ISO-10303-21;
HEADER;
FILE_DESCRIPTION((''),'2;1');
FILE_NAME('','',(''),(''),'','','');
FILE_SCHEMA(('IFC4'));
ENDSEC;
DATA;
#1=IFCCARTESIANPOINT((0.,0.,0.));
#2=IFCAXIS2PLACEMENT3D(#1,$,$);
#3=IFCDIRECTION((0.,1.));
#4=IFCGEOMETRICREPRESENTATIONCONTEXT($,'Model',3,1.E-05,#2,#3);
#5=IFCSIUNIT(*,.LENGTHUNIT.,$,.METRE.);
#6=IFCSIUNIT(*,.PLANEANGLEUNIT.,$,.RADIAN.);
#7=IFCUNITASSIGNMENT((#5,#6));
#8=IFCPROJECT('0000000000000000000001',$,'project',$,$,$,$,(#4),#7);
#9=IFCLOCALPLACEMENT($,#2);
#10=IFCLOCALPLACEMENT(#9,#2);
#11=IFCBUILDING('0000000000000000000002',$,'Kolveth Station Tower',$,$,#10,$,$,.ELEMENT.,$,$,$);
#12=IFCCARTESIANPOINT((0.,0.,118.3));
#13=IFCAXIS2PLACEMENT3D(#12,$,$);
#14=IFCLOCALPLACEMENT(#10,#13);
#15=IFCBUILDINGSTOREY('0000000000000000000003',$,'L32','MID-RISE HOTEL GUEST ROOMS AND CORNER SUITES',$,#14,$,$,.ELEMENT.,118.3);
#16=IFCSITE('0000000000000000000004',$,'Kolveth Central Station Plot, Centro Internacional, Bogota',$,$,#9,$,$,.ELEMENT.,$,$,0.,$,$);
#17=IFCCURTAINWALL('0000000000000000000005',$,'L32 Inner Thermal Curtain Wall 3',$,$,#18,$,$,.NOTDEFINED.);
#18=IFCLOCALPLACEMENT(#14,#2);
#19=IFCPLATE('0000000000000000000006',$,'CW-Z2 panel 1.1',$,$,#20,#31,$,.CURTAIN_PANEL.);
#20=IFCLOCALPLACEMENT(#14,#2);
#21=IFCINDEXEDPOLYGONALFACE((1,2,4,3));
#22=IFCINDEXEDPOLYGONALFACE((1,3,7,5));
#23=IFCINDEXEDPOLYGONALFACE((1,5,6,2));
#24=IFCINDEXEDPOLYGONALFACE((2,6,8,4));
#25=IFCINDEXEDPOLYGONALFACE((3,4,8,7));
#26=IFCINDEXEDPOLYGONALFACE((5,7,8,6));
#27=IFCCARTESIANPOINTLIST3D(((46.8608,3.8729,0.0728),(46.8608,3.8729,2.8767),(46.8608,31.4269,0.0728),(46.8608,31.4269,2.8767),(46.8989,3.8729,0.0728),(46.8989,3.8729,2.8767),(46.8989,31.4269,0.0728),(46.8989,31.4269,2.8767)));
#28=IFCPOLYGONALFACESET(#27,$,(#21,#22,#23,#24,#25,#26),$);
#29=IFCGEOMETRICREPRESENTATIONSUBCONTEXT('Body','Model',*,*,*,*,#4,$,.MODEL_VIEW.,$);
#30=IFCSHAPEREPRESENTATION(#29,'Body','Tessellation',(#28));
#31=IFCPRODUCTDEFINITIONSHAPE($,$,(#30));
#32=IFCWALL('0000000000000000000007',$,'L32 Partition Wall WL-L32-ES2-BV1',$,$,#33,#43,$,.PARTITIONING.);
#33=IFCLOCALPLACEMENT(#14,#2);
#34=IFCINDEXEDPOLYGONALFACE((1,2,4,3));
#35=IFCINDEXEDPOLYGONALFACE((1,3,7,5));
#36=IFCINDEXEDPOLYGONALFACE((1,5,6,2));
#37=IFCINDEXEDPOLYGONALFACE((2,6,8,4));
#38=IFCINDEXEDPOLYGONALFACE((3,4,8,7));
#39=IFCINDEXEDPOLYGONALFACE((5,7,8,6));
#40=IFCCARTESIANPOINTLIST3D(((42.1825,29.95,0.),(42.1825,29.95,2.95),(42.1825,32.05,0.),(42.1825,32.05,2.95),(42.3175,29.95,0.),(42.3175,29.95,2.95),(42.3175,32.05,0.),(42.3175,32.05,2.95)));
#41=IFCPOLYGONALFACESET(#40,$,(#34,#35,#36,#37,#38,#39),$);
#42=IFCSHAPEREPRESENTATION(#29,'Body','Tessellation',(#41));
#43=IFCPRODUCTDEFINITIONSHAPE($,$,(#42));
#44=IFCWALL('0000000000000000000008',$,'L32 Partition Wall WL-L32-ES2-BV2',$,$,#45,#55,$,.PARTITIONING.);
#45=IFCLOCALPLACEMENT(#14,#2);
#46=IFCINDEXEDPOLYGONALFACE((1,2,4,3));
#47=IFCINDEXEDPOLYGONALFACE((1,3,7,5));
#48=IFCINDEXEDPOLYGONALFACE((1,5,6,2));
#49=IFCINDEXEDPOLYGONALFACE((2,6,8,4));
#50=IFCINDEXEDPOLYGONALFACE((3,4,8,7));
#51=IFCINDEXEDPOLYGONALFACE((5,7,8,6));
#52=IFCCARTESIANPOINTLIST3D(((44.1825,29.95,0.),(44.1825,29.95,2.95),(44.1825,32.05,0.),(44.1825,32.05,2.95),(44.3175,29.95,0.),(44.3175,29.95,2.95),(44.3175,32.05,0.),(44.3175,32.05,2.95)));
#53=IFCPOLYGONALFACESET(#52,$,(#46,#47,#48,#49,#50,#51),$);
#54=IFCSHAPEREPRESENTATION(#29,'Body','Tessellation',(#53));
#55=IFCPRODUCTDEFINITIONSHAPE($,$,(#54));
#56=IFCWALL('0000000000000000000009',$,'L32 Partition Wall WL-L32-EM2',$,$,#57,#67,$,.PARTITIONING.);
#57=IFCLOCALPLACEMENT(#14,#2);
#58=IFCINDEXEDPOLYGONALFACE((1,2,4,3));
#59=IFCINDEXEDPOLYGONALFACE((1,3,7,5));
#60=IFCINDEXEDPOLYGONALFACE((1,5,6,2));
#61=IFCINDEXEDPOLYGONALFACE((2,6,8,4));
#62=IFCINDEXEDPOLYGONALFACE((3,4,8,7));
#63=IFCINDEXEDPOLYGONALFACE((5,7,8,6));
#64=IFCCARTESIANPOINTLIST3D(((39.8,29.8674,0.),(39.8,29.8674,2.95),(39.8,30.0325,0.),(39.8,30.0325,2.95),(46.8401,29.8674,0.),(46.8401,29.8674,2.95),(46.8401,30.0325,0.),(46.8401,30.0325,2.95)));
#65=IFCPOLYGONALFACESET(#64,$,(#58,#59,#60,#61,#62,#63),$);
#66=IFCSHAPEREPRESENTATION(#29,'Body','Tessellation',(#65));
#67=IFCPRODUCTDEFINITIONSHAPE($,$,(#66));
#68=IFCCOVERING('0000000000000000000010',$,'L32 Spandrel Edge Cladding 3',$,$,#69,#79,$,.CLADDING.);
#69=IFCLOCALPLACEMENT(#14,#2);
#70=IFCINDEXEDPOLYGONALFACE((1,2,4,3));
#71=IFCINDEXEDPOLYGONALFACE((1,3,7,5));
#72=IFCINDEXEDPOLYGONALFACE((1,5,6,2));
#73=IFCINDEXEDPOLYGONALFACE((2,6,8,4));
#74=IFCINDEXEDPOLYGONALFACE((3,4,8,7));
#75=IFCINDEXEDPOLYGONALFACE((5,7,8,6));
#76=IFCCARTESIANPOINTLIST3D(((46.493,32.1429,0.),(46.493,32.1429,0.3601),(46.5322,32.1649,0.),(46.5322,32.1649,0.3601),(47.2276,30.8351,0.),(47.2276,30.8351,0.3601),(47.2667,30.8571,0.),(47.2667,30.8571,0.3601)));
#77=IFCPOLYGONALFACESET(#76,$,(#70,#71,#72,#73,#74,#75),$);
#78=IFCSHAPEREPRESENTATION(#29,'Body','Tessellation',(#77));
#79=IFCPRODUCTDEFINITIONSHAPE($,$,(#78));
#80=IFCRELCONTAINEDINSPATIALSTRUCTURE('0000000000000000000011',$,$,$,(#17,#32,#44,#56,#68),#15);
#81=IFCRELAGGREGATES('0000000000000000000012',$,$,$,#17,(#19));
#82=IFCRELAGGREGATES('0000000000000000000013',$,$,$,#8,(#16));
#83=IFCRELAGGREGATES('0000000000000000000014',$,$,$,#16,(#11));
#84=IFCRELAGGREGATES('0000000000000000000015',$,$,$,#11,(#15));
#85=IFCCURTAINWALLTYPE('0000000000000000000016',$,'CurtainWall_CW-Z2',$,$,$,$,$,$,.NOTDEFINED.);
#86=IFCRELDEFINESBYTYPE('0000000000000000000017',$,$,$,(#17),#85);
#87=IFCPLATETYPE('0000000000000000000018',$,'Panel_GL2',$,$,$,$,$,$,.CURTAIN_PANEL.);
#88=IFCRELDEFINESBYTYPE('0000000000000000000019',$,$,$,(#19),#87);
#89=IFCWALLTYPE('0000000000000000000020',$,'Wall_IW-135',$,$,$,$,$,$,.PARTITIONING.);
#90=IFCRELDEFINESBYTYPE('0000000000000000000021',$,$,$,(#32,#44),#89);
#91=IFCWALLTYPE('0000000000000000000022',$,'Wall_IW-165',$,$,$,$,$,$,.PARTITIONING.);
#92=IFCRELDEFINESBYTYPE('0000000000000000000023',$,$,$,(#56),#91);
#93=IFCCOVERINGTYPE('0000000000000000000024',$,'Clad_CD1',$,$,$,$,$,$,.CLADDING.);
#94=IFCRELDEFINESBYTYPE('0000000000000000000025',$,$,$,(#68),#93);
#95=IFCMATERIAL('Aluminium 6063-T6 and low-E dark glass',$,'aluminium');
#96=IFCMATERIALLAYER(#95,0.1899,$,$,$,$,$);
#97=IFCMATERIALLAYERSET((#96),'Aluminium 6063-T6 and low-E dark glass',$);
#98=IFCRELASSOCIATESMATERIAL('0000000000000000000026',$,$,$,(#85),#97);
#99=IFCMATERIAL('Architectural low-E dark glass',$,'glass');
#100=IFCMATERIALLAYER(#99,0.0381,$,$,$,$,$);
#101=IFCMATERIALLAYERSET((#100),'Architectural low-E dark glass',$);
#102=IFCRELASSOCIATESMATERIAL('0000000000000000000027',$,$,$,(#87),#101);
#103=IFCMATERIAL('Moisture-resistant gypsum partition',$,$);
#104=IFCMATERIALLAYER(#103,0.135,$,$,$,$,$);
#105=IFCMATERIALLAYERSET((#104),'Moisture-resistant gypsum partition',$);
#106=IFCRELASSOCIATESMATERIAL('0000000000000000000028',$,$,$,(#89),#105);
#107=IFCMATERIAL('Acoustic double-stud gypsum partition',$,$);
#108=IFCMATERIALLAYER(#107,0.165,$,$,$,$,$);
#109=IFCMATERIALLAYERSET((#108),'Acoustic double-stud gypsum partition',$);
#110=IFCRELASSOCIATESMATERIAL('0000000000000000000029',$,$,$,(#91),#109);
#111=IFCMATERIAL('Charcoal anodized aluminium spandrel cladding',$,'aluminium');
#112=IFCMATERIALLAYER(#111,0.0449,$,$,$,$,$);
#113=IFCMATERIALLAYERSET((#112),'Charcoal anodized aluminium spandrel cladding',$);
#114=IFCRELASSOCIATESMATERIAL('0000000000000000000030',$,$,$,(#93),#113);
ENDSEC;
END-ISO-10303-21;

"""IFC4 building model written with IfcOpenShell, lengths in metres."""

from ifc_helpers import new_model, si_unit, direction, frame, frame_2d, origin, origin_2d, place, context, subcontext, project, spatial, rectangle, extrude, source, transform, mapped, material, layer, layer_set, type_object, element, aggregate, save


model = new_model("IFC4")

# Units and contexts
model_context = context("Model", 3, precision=1e-05, world=origin(), true_north=direction((0.0, 1.0)))
body_context = subcontext(model_context, "Body", "Model", "MODEL_VIEW")
ifc_project = project(units=[si_unit("LENGTHUNIT", "METRE"), si_unit("PLANEANGLEUNIT", "RADIAN")], contexts=[model_context])

# Site, building, storey
site_placement = place(None, origin())
site = spatial("IfcSite", under=ifc_project, at=site_placement, Name="Kolveth Central Station Plot, Centro Internacional, Bogota", CompositionType="ELEMENT", RefElevation=0.0)
building_placement = place(site_placement, origin())
building = spatial("IfcBuilding", under=site, at=building_placement, Name="Kolveth Station Tower", CompositionType="ELEMENT")
storey_placement = place(building_placement, frame((0.0, 0.0, 118.3)))
storey = spatial("IfcBuildingStorey", under=building, at=storey_placement, Name="L32", Description="MID-RISE HOTEL GUEST ROOMS AND CORNER SUITES", CompositionType="ELEMENT", Elevation=118.3)

# Curtain wall
ifc_material_1 = material(Name="Aluminium 6063-T6 and low-E dark glass", Category="aluminium")
ifc_layer_1 = layer(ifc_material_1, 0.1899)
ifc_layer_set_1 = layer_set([ifc_layer_1], Name="Aluminium 6063-T6 and low-E dark glass")
curtain_wall_type = type_object("IfcCurtainWallType", Name="CurtainWall_CW-Z2", PredefinedType="NOTDEFINED", material=ifc_layer_set_1)
curtain_wall_1_placement = place(storey_placement, origin())
curtain_wall_1 = element("IfcCurtainWall", 1, at=curtain_wall_1_placement, inside=storey, type_object=curtain_wall_type, Name="L32 Inner Thermal Curtain Wall 3", PredefinedType="NOTDEFINED")

# Plate
ifc_material_2 = material(Name="Architectural low-E dark glass", Category="glass")
ifc_layer_2 = layer(ifc_material_2, 0.0381)
ifc_layer_set_2 = layer_set([ifc_layer_2], Name="Architectural low-E dark glass")
plate_type = type_object("IfcPlateType", Name="Panel_GL2", PredefinedType="CURTAIN_PANEL", material=ifc_layer_set_2)
shared_shape_1 = source(origin(), body_context, "Body", "SweptSolid", [
    extrude(rectangle(XDim=27.554, YDim=0.0381, at=origin_2d()), origin(), (0.0, 0.0, 1.0), 2.804),
])
plate_placement = place(storey_placement, frame((46.8799, 17.6499, 0.0728), z_axis=(0.0, 0.0, 1.0), x_axis=(0.0, 1.0, 0.0)))
plate = element("IfcPlate", 2, at=plate_placement, type_object=plate_type, Name="CW-Z2 panel 1.1", PredefinedType="CURTAIN_PANEL", context=body_context, shape_type="MappedRepresentation", body=[
    mapped(shared_shape_1, transform((0.0, 0.0, 0.0), x_axis=(1.0, 0.0, 0.0), y_axis=(0.0, 1.0, 0.0), z_axis=(0.0, 0.0, 1.0), scale=1.0)),
])
aggregate(curtain_wall_1, [plate])

# Walls
ifc_material_3 = material(Name="Moisture-resistant gypsum partition")
ifc_layer_3 = layer(ifc_material_3, 0.135)
ifc_layer_set_3 = layer_set([ifc_layer_3], Name="Moisture-resistant gypsum partition")
wall_type_1 = type_object("IfcWallType", Name="Wall_IW-135", PredefinedType="PARTITIONING", material=ifc_layer_set_3)
for number, where, z_axis, x_axis, name in (
    (3, (42.25, 29.95, 0.0), (0.0, 0.0, 1.0), (0.0, 1.0, 0.0), "L32 Partition Wall WL-L32-ES2-BV1"),
    (4, (44.25, 29.95, 0.0), (0.0, 0.0, 1.0), (0.0, 1.0, 0.0), "L32 Partition Wall WL-L32-ES2-BV2"),
):
    element("IfcWall", number, at=place(storey_placement, frame(where, z_axis=z_axis, x_axis=x_axis)), inside=storey, type_object=wall_type_1, Name=name, PredefinedType="PARTITIONING", context=body_context, shape_type="SweptSolid", body=[
        extrude(rectangle(XDim=2.1001, YDim=0.135, at=frame_2d((1.05, 0.0))), origin(), (0.0, 0.0, 1.0), 2.95),
    ])

# Shared definitions
ifc_material_4 = material(Name="Acoustic double-stud gypsum partition")
ifc_layer_4 = layer(ifc_material_4, 0.165)
ifc_layer_set_4 = layer_set([ifc_layer_4], Name="Acoustic double-stud gypsum partition")
wall_type_2 = type_object("IfcWallType", Name="Wall_IW-165", PredefinedType="PARTITIONING", material=ifc_layer_set_4)

# Wall
wall_1_placement = place(storey_placement, frame((39.8, 29.95, 0.0), z_axis=(0.0, 0.0, 1.0), x_axis=(1.0, 0.0, 0.0)))
element("IfcWall", 5, at=wall_1_placement, inside=storey, type_object=wall_type_2, Name="L32 Partition Wall WL-L32-EM2", PredefinedType="PARTITIONING", context=body_context, shape_type="SweptSolid", body=[
    extrude(rectangle(XDim=7.04, YDim=0.165, at=frame_2d((3.52, 0.0))), origin(), (0.0, 0.0, 1.0), 2.95),
])

# Covering
ifc_material_5 = material(Name="Charcoal anodized aluminium spandrel cladding", Category="aluminium")
ifc_layer_5 = layer(ifc_material_5, 0.0449)
ifc_layer_set_5 = layer_set([ifc_layer_5], Name="Charcoal anodized aluminium spandrel cladding")
covering_type = type_object("IfcCoveringType", Name="Clad_CD1", PredefinedType="CLADDING", material=ifc_layer_set_5)
shared_shape_2 = source(origin(), body_context, "Body", "SweptSolid", [
    extrude(rectangle(XDim=1.5, YDim=0.0449, at=origin_2d()), origin(), (0.0, 0.0, 1.0), 0.3601),
])
covering_placement = place(storey_placement, frame((46.8799, 31.5, 0.0), z_axis=(0.0, 0.0, 1.0), x_axis=(-0.489687, 0.871898, 0.0)))
element("IfcCovering", 6, at=covering_placement, inside=storey, type_object=covering_type, Name="L32 Spandrel Edge Cladding 3", PredefinedType="CLADDING", context=body_context, shape_type="MappedRepresentation", body=[
    mapped(shared_shape_2, transform((0.0, 0.0, 0.0), x_axis=(1.0, 0.0, 0.0), y_axis=(0.0, 1.0, 0.0), z_axis=(0.0, 0.0, 1.0), scale=1.0)),
])

save(model, "model.ifc")
